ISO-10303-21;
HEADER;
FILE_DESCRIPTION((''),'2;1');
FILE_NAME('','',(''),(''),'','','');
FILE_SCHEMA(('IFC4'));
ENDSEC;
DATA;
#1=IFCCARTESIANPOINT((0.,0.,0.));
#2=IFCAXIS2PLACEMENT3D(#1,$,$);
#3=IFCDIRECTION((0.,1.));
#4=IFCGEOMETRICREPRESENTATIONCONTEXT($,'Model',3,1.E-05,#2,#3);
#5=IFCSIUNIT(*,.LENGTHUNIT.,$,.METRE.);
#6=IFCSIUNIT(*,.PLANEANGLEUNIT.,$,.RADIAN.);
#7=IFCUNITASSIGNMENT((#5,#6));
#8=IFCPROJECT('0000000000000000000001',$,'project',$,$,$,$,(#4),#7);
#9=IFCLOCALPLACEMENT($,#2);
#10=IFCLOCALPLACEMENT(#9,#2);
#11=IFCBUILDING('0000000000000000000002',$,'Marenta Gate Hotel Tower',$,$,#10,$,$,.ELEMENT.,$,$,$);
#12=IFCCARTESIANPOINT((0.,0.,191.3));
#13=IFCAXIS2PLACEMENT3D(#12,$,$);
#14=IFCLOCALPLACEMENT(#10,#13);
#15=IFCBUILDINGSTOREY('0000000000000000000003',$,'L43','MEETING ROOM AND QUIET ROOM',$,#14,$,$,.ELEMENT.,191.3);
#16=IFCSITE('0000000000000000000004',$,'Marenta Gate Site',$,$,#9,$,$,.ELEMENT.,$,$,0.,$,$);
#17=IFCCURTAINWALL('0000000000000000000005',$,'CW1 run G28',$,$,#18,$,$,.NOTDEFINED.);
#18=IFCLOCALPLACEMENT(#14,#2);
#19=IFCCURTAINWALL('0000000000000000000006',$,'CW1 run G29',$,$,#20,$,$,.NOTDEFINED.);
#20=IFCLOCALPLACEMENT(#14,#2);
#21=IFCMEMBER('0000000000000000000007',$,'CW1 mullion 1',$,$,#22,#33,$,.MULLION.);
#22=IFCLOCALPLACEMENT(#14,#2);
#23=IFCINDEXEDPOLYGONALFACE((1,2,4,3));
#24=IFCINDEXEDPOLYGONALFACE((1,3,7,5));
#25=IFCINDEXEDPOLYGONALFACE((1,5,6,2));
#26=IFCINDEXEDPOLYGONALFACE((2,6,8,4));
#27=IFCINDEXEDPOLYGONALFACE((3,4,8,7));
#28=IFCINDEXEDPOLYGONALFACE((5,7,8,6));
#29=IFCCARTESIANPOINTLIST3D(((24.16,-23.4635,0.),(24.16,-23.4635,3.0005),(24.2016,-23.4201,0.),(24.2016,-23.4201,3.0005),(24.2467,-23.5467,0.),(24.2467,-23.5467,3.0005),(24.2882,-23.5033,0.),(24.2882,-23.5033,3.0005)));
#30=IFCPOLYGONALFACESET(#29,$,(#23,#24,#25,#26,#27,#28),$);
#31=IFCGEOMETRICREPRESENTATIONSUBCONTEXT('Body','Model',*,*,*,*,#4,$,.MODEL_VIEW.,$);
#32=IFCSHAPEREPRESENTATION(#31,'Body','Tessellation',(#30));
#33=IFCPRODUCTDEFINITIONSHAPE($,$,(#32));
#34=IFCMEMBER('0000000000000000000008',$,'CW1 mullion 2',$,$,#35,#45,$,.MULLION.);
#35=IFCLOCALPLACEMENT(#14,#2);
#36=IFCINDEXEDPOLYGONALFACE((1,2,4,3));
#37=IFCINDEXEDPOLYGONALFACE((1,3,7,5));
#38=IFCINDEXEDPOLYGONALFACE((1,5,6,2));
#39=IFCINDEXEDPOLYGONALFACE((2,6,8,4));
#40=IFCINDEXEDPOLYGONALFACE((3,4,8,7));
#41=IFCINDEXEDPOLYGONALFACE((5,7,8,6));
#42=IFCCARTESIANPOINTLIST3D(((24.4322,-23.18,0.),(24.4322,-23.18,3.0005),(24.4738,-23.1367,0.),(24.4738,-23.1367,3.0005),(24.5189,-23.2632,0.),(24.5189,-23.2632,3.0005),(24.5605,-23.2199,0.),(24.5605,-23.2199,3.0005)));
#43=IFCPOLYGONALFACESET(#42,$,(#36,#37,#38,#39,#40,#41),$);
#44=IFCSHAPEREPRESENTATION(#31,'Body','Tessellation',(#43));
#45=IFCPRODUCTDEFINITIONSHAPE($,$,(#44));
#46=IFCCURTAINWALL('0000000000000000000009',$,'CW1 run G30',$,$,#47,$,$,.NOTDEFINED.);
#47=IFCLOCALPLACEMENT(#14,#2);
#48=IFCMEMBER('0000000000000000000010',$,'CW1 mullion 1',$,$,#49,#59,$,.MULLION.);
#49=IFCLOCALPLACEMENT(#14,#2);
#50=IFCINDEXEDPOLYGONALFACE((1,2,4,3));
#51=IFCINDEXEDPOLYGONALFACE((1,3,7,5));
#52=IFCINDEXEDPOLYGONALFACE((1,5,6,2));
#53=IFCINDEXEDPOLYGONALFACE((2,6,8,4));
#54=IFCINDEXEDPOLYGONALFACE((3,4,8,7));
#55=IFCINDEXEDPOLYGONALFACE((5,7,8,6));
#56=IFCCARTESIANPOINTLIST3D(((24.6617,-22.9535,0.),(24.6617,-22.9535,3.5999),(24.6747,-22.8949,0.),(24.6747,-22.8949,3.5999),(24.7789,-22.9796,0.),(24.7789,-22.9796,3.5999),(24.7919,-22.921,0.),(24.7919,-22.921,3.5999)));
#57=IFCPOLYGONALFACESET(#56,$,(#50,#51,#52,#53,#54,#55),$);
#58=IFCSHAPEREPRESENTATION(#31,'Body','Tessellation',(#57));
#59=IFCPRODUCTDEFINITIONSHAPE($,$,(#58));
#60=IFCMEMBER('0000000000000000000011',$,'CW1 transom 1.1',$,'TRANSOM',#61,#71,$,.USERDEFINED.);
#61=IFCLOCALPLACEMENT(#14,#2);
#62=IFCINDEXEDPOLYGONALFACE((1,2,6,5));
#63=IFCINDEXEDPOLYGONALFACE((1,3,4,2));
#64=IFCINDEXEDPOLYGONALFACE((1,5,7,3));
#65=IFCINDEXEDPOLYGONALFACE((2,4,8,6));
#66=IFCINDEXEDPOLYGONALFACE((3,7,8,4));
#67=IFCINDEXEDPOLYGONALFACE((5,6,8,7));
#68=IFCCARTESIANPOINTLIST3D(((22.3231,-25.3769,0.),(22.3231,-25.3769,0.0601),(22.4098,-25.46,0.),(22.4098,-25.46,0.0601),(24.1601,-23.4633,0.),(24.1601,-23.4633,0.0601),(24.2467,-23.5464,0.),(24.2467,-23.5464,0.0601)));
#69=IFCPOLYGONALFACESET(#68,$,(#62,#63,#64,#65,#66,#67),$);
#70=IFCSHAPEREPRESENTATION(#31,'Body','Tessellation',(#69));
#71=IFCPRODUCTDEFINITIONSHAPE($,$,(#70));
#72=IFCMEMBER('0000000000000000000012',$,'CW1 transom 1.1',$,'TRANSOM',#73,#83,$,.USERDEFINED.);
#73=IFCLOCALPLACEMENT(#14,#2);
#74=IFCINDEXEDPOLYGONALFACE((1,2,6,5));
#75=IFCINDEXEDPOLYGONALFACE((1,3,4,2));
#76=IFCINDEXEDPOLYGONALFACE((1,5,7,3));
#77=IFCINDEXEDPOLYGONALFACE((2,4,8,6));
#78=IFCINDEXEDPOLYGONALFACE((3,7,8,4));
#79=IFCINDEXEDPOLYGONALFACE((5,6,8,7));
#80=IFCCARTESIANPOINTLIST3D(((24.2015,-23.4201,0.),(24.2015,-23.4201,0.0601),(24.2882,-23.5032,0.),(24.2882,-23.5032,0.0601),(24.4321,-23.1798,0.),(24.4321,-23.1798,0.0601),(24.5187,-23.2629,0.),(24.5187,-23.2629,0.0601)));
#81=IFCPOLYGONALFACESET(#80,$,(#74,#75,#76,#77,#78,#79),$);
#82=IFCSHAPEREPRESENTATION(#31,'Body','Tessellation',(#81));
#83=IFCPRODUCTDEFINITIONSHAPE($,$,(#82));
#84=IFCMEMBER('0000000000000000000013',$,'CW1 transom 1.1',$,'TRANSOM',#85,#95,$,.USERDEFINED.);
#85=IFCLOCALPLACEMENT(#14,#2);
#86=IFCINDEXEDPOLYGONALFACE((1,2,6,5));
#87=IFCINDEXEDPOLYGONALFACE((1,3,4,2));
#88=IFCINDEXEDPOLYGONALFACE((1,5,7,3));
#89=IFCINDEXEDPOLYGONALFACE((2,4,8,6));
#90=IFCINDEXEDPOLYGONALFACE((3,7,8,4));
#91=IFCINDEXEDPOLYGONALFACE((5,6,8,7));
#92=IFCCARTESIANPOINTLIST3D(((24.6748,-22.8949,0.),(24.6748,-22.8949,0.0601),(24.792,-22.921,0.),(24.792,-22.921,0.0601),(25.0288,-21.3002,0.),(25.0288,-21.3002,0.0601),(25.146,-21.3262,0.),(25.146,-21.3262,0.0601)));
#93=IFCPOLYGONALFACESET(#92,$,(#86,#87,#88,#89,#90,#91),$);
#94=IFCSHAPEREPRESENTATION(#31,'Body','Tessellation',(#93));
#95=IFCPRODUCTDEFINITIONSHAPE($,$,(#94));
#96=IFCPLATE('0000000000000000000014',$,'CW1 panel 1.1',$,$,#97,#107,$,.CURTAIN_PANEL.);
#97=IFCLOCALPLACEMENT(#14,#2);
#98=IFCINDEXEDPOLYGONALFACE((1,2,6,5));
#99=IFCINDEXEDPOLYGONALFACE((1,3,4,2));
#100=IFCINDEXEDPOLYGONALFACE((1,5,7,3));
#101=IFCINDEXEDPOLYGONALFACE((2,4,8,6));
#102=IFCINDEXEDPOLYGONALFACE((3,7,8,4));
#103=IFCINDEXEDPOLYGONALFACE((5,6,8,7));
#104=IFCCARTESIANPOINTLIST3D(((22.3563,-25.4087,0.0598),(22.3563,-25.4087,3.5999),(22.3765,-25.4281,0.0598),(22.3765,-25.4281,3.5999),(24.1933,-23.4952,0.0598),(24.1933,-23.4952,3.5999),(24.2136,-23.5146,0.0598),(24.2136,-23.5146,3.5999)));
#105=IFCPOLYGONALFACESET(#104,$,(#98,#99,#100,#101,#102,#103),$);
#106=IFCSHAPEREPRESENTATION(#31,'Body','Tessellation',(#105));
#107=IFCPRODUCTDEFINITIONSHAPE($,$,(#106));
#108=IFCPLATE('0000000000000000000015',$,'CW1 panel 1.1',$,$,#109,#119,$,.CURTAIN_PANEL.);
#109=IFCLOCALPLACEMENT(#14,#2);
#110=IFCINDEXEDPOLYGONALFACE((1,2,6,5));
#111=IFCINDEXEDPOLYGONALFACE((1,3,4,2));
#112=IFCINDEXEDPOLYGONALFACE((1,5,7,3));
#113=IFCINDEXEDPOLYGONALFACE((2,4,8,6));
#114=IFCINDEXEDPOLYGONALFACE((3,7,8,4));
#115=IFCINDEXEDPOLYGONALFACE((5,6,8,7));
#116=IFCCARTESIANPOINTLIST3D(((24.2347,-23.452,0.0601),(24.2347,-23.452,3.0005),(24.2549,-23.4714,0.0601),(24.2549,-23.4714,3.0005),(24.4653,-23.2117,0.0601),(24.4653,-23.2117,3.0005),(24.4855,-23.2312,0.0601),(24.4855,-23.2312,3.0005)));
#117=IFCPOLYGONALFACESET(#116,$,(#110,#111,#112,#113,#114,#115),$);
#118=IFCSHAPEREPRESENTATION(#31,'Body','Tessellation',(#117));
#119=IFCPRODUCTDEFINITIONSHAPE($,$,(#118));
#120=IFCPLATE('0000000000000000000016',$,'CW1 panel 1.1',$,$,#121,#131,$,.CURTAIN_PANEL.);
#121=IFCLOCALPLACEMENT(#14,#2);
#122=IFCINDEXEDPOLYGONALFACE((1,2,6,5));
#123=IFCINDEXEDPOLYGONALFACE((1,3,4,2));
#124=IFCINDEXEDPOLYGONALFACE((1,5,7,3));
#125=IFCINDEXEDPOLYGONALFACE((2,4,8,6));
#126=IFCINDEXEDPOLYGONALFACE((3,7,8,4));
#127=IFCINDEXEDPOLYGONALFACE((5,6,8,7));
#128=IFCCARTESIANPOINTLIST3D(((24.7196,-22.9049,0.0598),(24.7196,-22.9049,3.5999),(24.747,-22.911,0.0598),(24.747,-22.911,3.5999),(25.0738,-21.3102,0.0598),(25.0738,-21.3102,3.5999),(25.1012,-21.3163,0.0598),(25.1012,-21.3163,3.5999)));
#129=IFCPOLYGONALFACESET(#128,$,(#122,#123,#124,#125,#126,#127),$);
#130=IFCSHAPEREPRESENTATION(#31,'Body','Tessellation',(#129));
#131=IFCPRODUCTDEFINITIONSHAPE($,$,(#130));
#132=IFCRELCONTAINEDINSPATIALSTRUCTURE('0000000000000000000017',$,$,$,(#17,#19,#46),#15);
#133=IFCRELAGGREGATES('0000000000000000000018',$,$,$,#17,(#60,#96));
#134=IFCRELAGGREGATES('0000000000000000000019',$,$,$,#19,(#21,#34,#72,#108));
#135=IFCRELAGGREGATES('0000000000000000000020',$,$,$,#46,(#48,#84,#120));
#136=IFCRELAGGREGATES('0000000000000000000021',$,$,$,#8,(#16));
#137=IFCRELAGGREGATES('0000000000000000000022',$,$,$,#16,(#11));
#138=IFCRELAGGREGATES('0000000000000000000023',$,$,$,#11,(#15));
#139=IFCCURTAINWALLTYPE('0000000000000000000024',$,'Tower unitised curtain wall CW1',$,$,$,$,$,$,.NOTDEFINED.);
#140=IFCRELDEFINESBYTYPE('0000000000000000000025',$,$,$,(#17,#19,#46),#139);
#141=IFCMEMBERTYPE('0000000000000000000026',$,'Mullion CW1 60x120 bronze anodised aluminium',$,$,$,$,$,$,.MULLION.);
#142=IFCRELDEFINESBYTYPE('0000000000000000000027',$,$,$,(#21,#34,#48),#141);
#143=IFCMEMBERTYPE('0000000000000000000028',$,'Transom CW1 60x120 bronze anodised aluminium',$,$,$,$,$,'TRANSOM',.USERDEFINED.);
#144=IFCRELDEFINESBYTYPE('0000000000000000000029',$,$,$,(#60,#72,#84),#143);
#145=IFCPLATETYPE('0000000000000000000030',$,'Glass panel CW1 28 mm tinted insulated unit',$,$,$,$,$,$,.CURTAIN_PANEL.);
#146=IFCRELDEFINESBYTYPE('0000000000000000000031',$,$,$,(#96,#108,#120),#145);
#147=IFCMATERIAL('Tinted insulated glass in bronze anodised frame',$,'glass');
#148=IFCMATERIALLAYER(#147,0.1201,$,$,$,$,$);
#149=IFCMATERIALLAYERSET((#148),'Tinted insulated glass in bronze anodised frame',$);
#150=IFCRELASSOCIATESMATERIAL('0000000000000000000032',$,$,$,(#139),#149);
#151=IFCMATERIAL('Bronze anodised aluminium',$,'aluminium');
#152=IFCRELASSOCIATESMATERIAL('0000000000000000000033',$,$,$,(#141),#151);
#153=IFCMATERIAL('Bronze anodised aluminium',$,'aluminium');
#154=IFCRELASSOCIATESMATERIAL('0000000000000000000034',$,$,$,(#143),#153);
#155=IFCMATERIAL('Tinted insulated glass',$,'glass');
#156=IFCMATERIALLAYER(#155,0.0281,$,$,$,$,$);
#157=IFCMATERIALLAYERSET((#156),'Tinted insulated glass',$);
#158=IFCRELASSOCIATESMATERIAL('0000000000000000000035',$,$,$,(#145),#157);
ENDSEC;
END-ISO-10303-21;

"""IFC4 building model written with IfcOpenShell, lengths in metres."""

from ifc_helpers import new_model, si_unit, direction, frame, origin, origin_2d, place, context, subcontext, project, spatial, rectangle, extrude, material, layer, layer_set, material_profile, profile_set, type_object, element, aggregate, save


model = new_model("IFC4")

# Units and contexts
model_context = context("Model", 3, precision=1e-05, world=origin(), true_north=direction((0.0, 1.0)))
body_context = subcontext(model_context, "Body", "Model", "MODEL_VIEW")
ifc_project = project(units=[si_unit("LENGTHUNIT", "METRE"), si_unit("PLANEANGLEUNIT", "RADIAN")], contexts=[model_context])

# Site, building, storey
site_placement = place(None, origin())
site = spatial("IfcSite", under=ifc_project, at=site_placement, Name="Marenta Gate Site", CompositionType="ELEMENT", RefElevation=0.0)
building_placement = place(site_placement, origin())
building = spatial("IfcBuilding", under=site, at=building_placement, Name="Marenta Gate Hotel Tower", CompositionType="ELEMENT")
storey_placement = place(building_placement, frame((0.0, 0.0, 191.3)))
storey = spatial("IfcBuildingStorey", under=building, at=storey_placement, Name="L43", Description="MEETING ROOM AND QUIET ROOM", CompositionType="ELEMENT", Elevation=191.3)

# Curtain wall
ifc_material_1 = material(Name="Tinted insulated glass in bronze anodised frame", Category="glass")
ifc_layer_1 = layer(ifc_material_1, 0.1201)
ifc_layer_set_1 = layer_set([ifc_layer_1], Name="Tinted insulated glass in bronze anodised frame")
curtain_wall_type = type_object("IfcCurtainWallType", Name="Tower unitised curtain wall CW1", PredefinedType="NOTDEFINED", material=ifc_layer_set_1)
ifc_material_2 = material(Name="Bronze anodised aluminium", Category="aluminium")
ifc_material_profile_1 = material_profile(ifc_material_2, rectangle(XDim=0.1201, YDim=0.0601, at=origin_2d()), Name="Mullion CW1 60x120 bronze anodised aluminium")
ifc_profile_set_1 = profile_set([ifc_material_profile_1], Name="Bronze anodised aluminium")
member_type_1 = type_object("IfcMemberType", Name="Mullion CW1 60x120 bronze anodised aluminium", PredefinedType="MULLION", material=ifc_profile_set_1)
curtain_wall_1_placement = place(storey_placement, origin())
curtain_wall_1 = element("IfcCurtainWall", 1, at=curtain_wall_1_placement, inside=storey, type_object=curtain_wall_type, Name="CW1 run G28", PredefinedType="NOTDEFINED")

# Curtain wall, members
curtain_wall_2_placement = place(storey_placement, origin())
curtain_wall_2 = element("IfcCurtainWall", 2, at=curtain_wall_2_placement, inside=storey, type_object=curtain_wall_type, Name="CW1 run G29", PredefinedType="NOTDEFINED")
member_1_placement = place(storey_placement, frame((24.2241, -23.4834, 0.0), z_axis=(0.0, 0.0, 1.0), x_axis=(-0.721418, 0.6925, 0.0)))
member_1 = element("IfcMember", 3, at=member_1_placement, type_object=member_type_1, Name="CW1 mullion 1", PredefinedType="MULLION", context=body_context, shape_type="SweptSolid", body=[
    extrude(rectangle(XDim=0.1201, YDim=0.0601, at=origin_2d()), origin(), (0.0, 0.0, 1.0), 3.0005),
])
member_2_placement = place(storey_placement, frame((24.4963, -23.2, 0.0), z_axis=(0.0, 0.0, 1.0), x_axis=(-0.721418, 0.6925, 0.0)))
member_2 = element("IfcMember", 4, at=member_2_placement, type_object=member_type_1, Name="CW1 mullion 2", PredefinedType="MULLION", context=body_context, shape_type="SweptSolid", body=[
    extrude(rectangle(XDim=0.1201, YDim=0.0601, at=origin_2d()), origin(), (0.0, 0.0, 1.0), 3.0005),
])

# Curtain wall, member
curtain_wall_3_placement = place(storey_placement, origin())
curtain_wall_3 = element("IfcCurtainWall", 5, at=curtain_wall_3_placement, inside=storey, type_object=curtain_wall_type, Name="CW1 run G30", PredefinedType="NOTDEFINED")
member_3_placement = place(storey_placement, frame((24.7268, -22.9373, 0.0), z_axis=(0.0, 0.0, 1.0), x_axis=(-0.976212, 0.216818, 0.0)))
member_3 = element("IfcMember", 6, at=member_3_placement, type_object=member_type_1, Name="CW1 mullion 1", PredefinedType="MULLION", context=body_context, shape_type="SweptSolid", body=[
    extrude(rectangle(XDim=0.1201, YDim=0.0601, at=origin_2d()), origin(), (0.0, 0.0, 1.0), 3.5999),
])

# Members
ifc_material_3 = material(Name="Bronze anodised aluminium", Category="aluminium")
ifc_material_profile_2 = material_profile(ifc_material_3, rectangle(XDim=0.1201, YDim=0.0601, at=origin_2d()), Name="Transom CW1 60x120 bronze anodised aluminium")
ifc_profile_set_2 = profile_set([ifc_material_profile_2], Name="Bronze anodised aluminium")
member_type_2 = type_object("IfcMemberType", Name="Transom CW1 60x120 bronze anodised aluminium", ElementType="TRANSOM", PredefinedType="USERDEFINED", material=ifc_profile_set_2)
member_4_placement = place(storey_placement, frame((22.3665, -25.4185, 0.03), z_axis=(0.692509, 0.721409, 0.0), x_axis=(-0.721409, 0.692509, 0.0)))
member_4 = element("IfcMember", 7, at=member_4_placement, type_object=member_type_2, Name="CW1 transom 1.1", ObjectType="TRANSOM", PredefinedType="USERDEFINED", context=body_context, shape_type="SweptSolid", body=[
    extrude(rectangle(XDim=0.1201, YDim=0.0601, at=origin_2d()), origin(), (0.0, 0.0, 1.0), 2.6526),
])
member_5_placement = place(storey_placement, frame((24.2449, -23.4617, 0.03), z_axis=(0.692288, 0.721622, 0.0), x_axis=(-0.721622, 0.692288, 0.0)))
member_5 = element("IfcMember", 8, at=member_5_placement, type_object=member_type_2, Name="CW1 transom 1.1", ObjectType="TRANSOM", PredefinedType="USERDEFINED", context=body_context, shape_type="SweptSolid", body=[
    extrude(rectangle(XDim=0.1201, YDim=0.0601, at=origin_2d()), origin(), (0.0, 0.0, 1.0), 0.333),
])
member_6_placement = place(storey_placement, frame((24.7334, -22.908, 0.03), z_axis=(0.216709, 0.976236, 0.0), x_axis=(-0.976236, 0.216709, 0.0)))
member_6 = element("IfcMember", 9, at=member_6_placement, type_object=member_type_2, Name="CW1 transom 1.1", ObjectType="TRANSOM", PredefinedType="USERDEFINED", context=body_context, shape_type="SweptSolid", body=[
    extrude(rectangle(XDim=0.1201, YDim=0.0601, at=origin_2d()), origin(), (0.0, 0.0, 1.0), 1.6335),
])

# Plates
ifc_material_4 = material(Name="Tinted insulated glass", Category="glass")
ifc_layer_2 = layer(ifc_material_4, 0.0281)
ifc_layer_set_2 = layer_set([ifc_layer_2], Name="Tinted insulated glass")
plate_type = type_object("IfcPlateType", Name="Glass panel CW1 28 mm tinted insulated unit", PredefinedType="CURTAIN_PANEL", material=ifc_layer_set_2)
plate_1_placement = place(storey_placement, frame((23.2849, -24.4617, 0.0598), z_axis=(0.0, 0.0, 1.0), x_axis=(0.692545, 0.721375, 0.0)))
plate_1 = element("IfcPlate", 10, at=plate_1_placement, type_object=plate_type, Name="CW1 panel 1.1", PredefinedType="CURTAIN_PANEL", context=body_context, shape_type="SweptSolid", body=[
    extrude(rectangle(XDim=2.6526, YDim=0.0281, at=origin_2d()), origin(), (0.0, 0.0, 1.0), 3.54),
])
aggregate(curtain_wall_1, [member_4, plate_1])
plate_2_placement = place(storey_placement, frame((24.3601, -23.3416, 0.0601), z_axis=(0.0, 0.0, 1.0), x_axis=(0.6925, 0.721418, 0.0)))
plate_2 = element("IfcPlate", 11, at=plate_2_placement, type_object=plate_type, Name="CW1 panel 1.1", PredefinedType="CURTAIN_PANEL", context=body_context, shape_type="SweptSolid", body=[
    extrude(rectangle(XDim=0.333, YDim=0.0281, at=origin_2d()), origin(), (0.0, 0.0, 1.0), 2.9404),
])
aggregate(curtain_wall_2, [member_1, member_2, member_5, plate_2])
plate_3_placement = place(storey_placement, frame((24.9104, -22.1106, 0.0598), z_axis=(0.0, 0.0, 1.0), x_axis=(0.216818, 0.976212, 0.0)))
plate_3 = element("IfcPlate", 12, at=plate_3_placement, type_object=plate_type, Name="CW1 panel 1.1", PredefinedType="CURTAIN_PANEL", context=body_context, shape_type="SweptSolid", body=[
    extrude(rectangle(XDim=1.6335, YDim=0.0281, at=origin_2d()), origin(), (0.0, 0.0, 1.0), 3.54),
])
aggregate(curtain_wall_3, [member_3, member_6, plate_3])

save(model, "model.ifc")
